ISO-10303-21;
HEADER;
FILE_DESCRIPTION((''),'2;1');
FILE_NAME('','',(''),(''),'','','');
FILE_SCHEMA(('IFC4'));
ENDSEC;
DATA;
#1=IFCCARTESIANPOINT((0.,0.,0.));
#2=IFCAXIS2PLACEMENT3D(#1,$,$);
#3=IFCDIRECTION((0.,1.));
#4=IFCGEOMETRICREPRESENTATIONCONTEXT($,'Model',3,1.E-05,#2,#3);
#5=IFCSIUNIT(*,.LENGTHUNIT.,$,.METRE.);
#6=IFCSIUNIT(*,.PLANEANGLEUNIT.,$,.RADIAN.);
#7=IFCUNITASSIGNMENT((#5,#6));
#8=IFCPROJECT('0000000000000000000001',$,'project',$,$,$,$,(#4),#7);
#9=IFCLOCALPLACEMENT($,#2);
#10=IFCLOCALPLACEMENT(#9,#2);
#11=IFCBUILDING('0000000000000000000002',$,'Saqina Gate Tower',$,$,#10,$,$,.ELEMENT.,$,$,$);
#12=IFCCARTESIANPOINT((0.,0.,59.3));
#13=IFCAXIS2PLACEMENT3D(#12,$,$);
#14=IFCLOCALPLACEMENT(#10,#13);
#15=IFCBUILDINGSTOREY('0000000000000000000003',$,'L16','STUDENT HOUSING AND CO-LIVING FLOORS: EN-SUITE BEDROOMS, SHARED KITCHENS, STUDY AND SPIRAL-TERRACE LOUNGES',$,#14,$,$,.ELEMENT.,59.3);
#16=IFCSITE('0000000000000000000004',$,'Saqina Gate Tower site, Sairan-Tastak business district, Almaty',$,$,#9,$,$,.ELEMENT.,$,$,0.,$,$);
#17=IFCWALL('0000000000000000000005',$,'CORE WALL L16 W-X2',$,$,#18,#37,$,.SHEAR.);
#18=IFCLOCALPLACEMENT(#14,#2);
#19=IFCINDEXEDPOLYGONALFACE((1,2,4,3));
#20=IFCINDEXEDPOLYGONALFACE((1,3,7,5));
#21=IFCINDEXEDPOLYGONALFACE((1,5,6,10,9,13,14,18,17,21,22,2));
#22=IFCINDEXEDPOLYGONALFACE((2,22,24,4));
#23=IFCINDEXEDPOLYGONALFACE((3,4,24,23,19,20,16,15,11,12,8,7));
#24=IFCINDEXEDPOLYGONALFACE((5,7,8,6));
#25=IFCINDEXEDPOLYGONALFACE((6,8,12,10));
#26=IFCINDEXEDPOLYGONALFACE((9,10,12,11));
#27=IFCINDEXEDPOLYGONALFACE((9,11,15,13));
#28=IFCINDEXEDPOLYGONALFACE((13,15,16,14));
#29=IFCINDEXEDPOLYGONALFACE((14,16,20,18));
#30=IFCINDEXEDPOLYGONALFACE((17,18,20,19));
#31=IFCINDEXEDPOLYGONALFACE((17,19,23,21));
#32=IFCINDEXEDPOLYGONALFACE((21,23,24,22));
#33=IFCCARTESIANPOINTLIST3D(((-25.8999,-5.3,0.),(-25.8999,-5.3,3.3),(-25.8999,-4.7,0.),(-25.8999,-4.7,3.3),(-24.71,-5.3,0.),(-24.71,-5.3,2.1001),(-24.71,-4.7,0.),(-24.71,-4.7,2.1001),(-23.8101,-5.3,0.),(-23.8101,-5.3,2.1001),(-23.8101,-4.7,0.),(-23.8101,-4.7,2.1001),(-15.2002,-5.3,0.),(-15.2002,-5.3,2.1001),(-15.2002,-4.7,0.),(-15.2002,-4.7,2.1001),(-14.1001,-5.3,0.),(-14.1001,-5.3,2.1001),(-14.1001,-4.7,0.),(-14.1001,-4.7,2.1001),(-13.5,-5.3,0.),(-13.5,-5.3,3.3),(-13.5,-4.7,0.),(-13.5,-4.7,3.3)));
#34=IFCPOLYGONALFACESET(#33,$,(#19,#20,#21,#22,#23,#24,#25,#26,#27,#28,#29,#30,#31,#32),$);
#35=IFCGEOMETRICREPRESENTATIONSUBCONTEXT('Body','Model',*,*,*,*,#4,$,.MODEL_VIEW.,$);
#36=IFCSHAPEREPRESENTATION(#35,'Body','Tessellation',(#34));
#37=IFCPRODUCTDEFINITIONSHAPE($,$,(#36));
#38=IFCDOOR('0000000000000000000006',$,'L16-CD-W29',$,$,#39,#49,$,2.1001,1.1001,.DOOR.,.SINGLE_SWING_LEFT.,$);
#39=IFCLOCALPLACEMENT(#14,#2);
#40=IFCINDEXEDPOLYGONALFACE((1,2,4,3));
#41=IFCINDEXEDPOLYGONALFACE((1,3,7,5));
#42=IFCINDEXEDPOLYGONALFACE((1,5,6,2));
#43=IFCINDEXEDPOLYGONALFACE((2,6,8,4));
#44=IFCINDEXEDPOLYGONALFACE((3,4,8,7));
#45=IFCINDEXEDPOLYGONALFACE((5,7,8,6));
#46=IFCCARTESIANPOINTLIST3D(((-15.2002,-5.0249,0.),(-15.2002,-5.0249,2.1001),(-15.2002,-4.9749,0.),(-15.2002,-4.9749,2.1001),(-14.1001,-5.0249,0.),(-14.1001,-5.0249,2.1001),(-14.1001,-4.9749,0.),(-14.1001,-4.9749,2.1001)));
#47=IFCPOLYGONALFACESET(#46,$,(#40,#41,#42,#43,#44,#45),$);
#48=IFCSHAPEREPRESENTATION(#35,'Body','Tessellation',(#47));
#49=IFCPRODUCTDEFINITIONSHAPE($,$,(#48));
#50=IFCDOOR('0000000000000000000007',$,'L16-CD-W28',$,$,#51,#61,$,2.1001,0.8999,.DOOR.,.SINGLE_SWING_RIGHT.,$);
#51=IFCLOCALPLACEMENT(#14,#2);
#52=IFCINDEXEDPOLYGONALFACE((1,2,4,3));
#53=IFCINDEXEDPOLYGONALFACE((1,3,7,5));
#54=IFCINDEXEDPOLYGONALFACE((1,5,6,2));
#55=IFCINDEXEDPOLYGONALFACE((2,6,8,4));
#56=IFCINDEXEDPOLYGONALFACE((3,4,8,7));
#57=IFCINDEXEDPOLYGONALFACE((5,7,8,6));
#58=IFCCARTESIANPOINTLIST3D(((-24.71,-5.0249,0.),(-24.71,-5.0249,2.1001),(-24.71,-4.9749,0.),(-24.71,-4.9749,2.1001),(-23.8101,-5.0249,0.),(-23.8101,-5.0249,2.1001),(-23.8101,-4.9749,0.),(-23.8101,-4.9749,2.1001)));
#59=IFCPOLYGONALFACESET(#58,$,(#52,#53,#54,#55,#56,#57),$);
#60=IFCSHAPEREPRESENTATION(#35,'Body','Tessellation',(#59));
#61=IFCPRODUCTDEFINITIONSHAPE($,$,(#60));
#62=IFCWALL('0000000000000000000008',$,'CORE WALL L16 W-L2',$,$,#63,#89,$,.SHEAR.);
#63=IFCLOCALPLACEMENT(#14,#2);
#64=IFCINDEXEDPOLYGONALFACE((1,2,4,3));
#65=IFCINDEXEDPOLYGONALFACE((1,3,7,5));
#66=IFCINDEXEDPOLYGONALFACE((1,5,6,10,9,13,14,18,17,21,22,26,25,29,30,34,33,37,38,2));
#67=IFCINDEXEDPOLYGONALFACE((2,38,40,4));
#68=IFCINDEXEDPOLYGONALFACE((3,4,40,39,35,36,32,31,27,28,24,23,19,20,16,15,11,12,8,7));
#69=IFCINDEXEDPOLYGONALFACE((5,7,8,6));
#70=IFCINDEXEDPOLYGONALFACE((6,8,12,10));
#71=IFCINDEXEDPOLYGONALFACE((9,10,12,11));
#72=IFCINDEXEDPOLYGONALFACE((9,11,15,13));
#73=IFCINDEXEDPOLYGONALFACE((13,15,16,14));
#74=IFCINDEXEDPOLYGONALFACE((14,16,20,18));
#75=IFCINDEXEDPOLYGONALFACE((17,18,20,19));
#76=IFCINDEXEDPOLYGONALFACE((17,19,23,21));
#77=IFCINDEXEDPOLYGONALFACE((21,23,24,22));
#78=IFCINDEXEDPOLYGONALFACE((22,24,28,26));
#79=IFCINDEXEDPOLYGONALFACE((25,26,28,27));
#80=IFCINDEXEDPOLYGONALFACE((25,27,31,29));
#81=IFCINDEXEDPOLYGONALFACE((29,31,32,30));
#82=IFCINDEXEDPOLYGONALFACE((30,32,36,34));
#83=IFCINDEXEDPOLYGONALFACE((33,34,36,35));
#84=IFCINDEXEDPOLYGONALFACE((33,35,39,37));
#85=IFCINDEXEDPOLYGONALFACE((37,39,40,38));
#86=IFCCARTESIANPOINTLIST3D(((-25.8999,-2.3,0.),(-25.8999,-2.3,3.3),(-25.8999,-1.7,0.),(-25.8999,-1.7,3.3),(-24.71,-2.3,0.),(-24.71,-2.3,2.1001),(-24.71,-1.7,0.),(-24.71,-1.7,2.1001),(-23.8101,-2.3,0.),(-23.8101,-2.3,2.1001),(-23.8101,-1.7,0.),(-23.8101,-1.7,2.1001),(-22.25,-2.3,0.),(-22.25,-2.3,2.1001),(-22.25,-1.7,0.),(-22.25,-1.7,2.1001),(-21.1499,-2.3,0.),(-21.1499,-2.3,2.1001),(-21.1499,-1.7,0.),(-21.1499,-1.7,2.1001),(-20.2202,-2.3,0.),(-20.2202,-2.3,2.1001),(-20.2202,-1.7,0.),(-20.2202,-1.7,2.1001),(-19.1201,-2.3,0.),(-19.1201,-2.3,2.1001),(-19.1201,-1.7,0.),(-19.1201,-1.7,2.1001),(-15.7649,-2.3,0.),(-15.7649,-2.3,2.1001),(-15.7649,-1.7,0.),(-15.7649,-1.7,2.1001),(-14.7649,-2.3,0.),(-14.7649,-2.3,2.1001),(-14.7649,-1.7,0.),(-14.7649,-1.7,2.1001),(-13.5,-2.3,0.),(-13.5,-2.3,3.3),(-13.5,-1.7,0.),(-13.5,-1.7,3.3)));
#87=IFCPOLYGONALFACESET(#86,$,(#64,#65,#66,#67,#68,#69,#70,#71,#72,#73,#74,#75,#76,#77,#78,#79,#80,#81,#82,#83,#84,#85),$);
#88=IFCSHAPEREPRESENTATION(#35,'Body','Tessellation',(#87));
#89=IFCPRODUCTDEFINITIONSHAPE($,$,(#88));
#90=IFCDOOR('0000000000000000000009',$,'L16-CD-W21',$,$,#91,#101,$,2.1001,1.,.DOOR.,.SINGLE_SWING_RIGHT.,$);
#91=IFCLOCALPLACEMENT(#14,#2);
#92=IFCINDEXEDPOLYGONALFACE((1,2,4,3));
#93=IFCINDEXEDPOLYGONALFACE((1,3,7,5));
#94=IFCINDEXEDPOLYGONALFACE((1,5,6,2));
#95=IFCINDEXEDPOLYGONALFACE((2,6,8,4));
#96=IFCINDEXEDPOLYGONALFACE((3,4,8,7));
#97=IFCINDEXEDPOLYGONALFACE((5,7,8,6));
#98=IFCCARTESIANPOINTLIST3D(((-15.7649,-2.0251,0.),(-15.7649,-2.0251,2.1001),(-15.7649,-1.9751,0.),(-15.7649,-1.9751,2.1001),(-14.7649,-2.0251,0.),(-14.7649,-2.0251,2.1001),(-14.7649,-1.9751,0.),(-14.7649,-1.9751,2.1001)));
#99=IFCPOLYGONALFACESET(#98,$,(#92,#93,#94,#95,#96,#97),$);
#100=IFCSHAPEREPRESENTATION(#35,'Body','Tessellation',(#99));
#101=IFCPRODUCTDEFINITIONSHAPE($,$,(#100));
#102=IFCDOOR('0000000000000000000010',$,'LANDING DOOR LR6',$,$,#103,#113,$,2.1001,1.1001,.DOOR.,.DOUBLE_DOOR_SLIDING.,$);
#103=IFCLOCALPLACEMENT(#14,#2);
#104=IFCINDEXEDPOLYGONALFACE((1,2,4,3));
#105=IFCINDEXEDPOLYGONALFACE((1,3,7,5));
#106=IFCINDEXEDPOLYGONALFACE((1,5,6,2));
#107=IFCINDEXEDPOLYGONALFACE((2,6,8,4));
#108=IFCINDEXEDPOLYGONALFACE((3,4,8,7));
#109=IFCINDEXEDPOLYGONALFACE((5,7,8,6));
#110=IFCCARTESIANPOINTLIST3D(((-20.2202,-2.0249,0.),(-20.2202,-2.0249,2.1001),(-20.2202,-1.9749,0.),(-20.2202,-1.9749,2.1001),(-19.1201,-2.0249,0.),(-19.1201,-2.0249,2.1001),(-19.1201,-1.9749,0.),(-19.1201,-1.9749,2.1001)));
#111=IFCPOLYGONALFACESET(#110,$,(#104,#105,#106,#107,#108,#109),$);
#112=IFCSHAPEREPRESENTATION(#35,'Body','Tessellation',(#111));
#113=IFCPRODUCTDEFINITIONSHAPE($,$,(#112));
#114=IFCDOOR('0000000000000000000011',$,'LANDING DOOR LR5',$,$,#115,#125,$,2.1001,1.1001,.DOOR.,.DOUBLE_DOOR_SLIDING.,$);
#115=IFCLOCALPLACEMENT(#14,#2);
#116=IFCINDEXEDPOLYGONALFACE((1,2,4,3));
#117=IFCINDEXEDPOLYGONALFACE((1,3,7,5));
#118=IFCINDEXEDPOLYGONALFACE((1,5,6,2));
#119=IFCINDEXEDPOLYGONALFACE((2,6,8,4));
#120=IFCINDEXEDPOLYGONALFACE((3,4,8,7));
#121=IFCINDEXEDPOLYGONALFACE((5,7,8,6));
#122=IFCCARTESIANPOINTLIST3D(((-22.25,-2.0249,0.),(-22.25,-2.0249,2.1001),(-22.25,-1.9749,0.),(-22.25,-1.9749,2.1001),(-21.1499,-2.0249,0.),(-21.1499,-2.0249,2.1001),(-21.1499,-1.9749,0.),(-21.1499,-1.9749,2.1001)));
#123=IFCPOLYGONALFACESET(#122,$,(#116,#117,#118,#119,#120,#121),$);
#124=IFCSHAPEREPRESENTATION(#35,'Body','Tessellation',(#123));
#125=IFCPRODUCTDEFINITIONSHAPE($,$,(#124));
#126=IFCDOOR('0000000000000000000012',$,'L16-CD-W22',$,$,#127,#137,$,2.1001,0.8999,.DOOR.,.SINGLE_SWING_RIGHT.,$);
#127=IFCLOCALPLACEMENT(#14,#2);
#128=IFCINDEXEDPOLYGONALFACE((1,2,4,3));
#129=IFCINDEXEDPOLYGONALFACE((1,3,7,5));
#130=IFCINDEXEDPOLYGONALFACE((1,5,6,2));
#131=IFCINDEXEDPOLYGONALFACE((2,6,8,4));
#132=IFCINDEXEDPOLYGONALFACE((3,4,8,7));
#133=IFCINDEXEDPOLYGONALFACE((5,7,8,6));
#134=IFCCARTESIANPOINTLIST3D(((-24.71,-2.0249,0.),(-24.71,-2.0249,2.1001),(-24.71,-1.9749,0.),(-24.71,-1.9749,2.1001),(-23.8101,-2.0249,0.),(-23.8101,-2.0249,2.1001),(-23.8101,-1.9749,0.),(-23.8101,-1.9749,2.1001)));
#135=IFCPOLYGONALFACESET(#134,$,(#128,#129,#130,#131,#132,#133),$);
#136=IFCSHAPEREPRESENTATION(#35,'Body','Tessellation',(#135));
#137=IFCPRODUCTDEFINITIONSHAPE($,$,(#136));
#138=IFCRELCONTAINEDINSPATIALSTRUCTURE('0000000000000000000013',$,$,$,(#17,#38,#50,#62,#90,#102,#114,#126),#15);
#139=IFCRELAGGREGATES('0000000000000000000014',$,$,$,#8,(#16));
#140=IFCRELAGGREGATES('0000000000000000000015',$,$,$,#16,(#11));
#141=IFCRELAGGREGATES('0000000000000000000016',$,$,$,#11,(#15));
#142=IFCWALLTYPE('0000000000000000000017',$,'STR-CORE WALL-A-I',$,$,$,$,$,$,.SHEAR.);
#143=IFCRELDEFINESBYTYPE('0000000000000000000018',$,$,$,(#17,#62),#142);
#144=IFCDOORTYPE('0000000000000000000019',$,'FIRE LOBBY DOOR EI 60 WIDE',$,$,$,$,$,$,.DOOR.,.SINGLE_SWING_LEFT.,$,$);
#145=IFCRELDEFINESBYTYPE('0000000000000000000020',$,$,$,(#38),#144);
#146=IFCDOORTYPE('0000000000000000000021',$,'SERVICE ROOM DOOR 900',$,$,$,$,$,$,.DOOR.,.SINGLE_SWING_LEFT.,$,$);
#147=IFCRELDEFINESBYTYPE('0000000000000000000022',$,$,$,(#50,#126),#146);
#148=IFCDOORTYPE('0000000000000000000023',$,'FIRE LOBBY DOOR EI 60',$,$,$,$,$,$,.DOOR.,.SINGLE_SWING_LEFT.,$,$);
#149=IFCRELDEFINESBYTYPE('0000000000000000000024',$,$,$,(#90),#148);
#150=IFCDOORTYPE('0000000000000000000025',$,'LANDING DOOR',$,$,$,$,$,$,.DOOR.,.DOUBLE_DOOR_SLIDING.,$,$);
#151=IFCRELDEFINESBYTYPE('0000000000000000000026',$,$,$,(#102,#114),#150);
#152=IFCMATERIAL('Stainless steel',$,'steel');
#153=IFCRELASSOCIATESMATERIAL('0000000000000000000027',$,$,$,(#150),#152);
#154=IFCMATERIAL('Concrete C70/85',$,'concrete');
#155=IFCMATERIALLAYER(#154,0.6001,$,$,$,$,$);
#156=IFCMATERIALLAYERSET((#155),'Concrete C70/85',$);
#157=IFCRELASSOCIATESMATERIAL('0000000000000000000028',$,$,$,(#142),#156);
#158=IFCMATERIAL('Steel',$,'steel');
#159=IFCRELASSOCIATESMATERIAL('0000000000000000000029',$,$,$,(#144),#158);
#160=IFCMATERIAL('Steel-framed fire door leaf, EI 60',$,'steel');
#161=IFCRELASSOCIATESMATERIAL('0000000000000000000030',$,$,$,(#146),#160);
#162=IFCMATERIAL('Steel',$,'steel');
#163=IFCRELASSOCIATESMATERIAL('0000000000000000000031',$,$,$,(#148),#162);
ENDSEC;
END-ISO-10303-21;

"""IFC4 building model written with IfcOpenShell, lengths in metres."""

from ifc_helpers import new_model, si_unit, direction, frame, frame_2d, origin, place, context, subcontext, project, spatial, rectangle, extrude, material, layer, layer_set, type_object, element, fill, save


model = new_model("IFC4")

# Units and contexts
model_context = context("Model", 3, precision=1e-05, world=origin(), true_north=direction((0.0, 1.0)))
body_context = subcontext(model_context, "Body", "Model", "MODEL_VIEW")
ifc_project = project(units=[si_unit("LENGTHUNIT", "METRE"), si_unit("PLANEANGLEUNIT", "RADIAN")], contexts=[model_context])

# Site, building, storey
site_placement = place(None, origin())
site = spatial("IfcSite", under=ifc_project, at=site_placement, Name="Saqina Gate Tower site, Sairan-Tastak business district, Almaty", CompositionType="ELEMENT", RefElevation=0.0)
building_placement = place(site_placement, origin())
building = spatial("IfcBuilding", under=site, at=building_placement, Name="Saqina Gate Tower", CompositionType="ELEMENT")
storey_placement = place(building_placement, frame((0.0, 0.0, 59.3)))
storey = spatial("IfcBuildingStorey", under=building, at=storey_placement, Name="L16", Description="STUDENT HOUSING AND CO-LIVING FLOORS: EN-SUITE BEDROOMS, SHARED KITCHENS, STUDY AND SPIRAL-TERRACE LOUNGES", CompositionType="ELEMENT", Elevation=59.3)

# Shared definitions
ifc_material_1 = material(Name="Stainless steel", Category="steel")
door_type_1 = type_object("IfcDoorType", Name="LANDING DOOR", OperationType="DOUBLE_DOOR_SLIDING", PredefinedType="DOOR", material=ifc_material_1)

# Walls, openings, doors
ifc_material_2 = material(Name="Concrete C70/85", Category="concrete")
ifc_layer_1 = layer(ifc_material_2, 0.6001)
ifc_layer_set_1 = layer_set([ifc_layer_1], Name="Concrete C70/85")
wall_type_1 = type_object("IfcWallType", Name="STR-CORE WALL-A-I", PredefinedType="SHEAR", material=ifc_layer_set_1)
wall_1_placement = place(storey_placement, frame((-13.5, -5.0, 0.0), z_axis=(0.0, 0.0, 1.0), x_axis=(-1.0, 0.0, 0.0)))
wall_1 = element("IfcWall", 1, at=wall_1_placement, inside=storey, type_object=wall_type_1, Name="CORE WALL L16 W-X2", PredefinedType="SHEAR", context=body_context, shape_type="SweptSolid", body=[
    extrude(rectangle(XDim=12.3999, YDim=0.6001, at=frame_2d((6.2, 0.0))), origin(), (0.0, 0.0, 1.0), 3.3),
])
opening_1_placement = place(wall_1_placement, frame((10.3101, 0.0, 0.0)))
opening_1 = element("IfcOpeningElement", 2, at=opening_1_placement, cuts=wall_1, PredefinedType="OPENING", context=body_context, shape_type="SweptSolid", body=[
    extrude(rectangle(XDim=0.8999, YDim=2.1001, at=frame_2d((0.45, 1.05))), frame((0.0, 0.312, 0.0), z_axis=(0.0, -1.0, 0.0), x_axis=(1.0, 0.0, 0.0)), (0.0, 0.0, 1.0), 0.624),
])
opening_2_placement = place(wall_1_placement, frame((0.6001, 0.0, 0.0)))
opening_2 = element("IfcOpeningElement", 3, at=opening_2_placement, cuts=wall_1, PredefinedType="OPENING", context=body_context, shape_type="SweptSolid", body=[
    extrude(rectangle(XDim=1.1001, YDim=2.1001, at=frame_2d((0.55, 1.05))), frame((0.0, 0.312, 0.0), z_axis=(0.0, -1.0, 0.0), x_axis=(1.0, 0.0, 0.0)), (0.0, 0.0, 1.0), 0.624),
])
ifc_material_3 = material(Name="Steel", Category="steel")
door_type_2 = type_object("IfcDoorType", Name="FIRE LOBBY DOOR EI 60 WIDE", OperationType="SINGLE_SWING_LEFT", PredefinedType="DOOR", material=ifc_material_3)
door_1_placement = place(opening_2_placement, origin())
door_1 = element("IfcDoor", 4, at=door_1_placement, inside=storey, type_object=door_type_2, Name="L16-CD-W29", OperationType="SINGLE_SWING_LEFT", OverallHeight=2.1001, OverallWidth=1.1001, PredefinedType="DOOR", context=body_context, shape_type="SweptSolid", body=[
    extrude(rectangle(XDim=1.1001, YDim=2.1001, at=frame_2d((0.55, 1.05))), frame((0.0, 0.0249, 0.0), z_axis=(0.0, -1.0, 0.0), x_axis=(1.0, 0.0, 0.0)), (0.0, 0.0, 1.0), 0.05),
])
fill(opening_2, door_1)
ifc_material_4 = material(Name="Steel-framed fire door leaf, EI 60", Category="steel")
door_type_3 = type_object("IfcDoorType", Name="SERVICE ROOM DOOR 900", OperationType="SINGLE_SWING_LEFT", PredefinedType="DOOR", material=ifc_material_4)
door_2_placement = place(opening_1_placement, origin())
door_2 = element("IfcDoor", 5, at=door_2_placement, inside=storey, type_object=door_type_3, Name="L16-CD-W28", OperationType="SINGLE_SWING_RIGHT", OverallHeight=2.1001, OverallWidth=0.8999, PredefinedType="DOOR", context=body_context, shape_type="SweptSolid", body=[
    extrude(rectangle(XDim=0.8999, YDim=2.1001, at=frame_2d((0.45, 1.05))), frame((0.0, 0.0249, 0.0), z_axis=(0.0, -1.0, 0.0), x_axis=(1.0, 0.0, 0.0)), (0.0, 0.0, 1.0), 0.05),
])
fill(opening_1, door_2)
wall_2_placement = place(storey_placement, frame((-13.5, -2.0, 0.0), z_axis=(0.0, 0.0, 1.0), x_axis=(-1.0, 0.0, 0.0)))
wall_2 = element("IfcWall", 6, at=wall_2_placement, inside=storey, type_object=wall_type_1, Name="CORE WALL L16 W-L2", PredefinedType="SHEAR", context=body_context, shape_type="SweptSolid", body=[
    extrude(rectangle(XDim=12.3999, YDim=0.6001, at=frame_2d((6.2, 0.0))), origin(), (0.0, 0.0, 1.0), 3.3),
])
opening_3_placement = place(wall_2_placement, frame((5.6201, 0.0, 0.0)))
opening_3 = element("IfcOpeningElement", 7, at=opening_3_placement, cuts=wall_2, PredefinedType="OPENING", context=body_context, shape_type="SweptSolid", body=[
    extrude(rectangle(XDim=1.1001, YDim=2.1001, at=frame_2d((0.55, 1.05))), frame((0.0, 0.312, 0.0), z_axis=(0.0, -1.0, 0.0), x_axis=(1.0, 0.0, 0.0)), (0.0, 0.0, 1.0), 0.624),
])
opening_4_placement = place(wall_2_placement, frame((7.6499, 0.0, 0.0)))
opening_4 = element("IfcOpeningElement", 8, at=opening_4_placement, cuts=wall_2, PredefinedType="OPENING", context=body_context, shape_type="SweptSolid", body=[
    extrude(rectangle(XDim=1.1001, YDim=2.1001, at=frame_2d((0.55, 1.05))), frame((0.0, 0.312, 0.0), z_axis=(0.0, -1.0, 0.0), x_axis=(1.0, 0.0, 0.0)), (0.0, 0.0, 1.0), 0.624),
])
opening_5_placement = place(wall_2_placement, frame((1.2649, 0.0, 0.0)))
opening_5 = element("IfcOpeningElement", 9, at=opening_5_placement, cuts=wall_2, PredefinedType="OPENING", context=body_context, shape_type="SweptSolid", body=[
    extrude(rectangle(XDim=1.0, YDim=2.1001, at=frame_2d((0.5, 1.05))), frame((0.0, 0.312, 0.0), z_axis=(0.0, -1.0, 0.0), x_axis=(1.0, 0.0, 0.0)), (0.0, 0.0, 1.0), 0.624),
])
opening_6_placement = place(wall_2_placement, frame((10.3101, 0.0, 0.0)))
opening_6 = element("IfcOpeningElement", 10, at=opening_6_placement, cuts=wall_2, PredefinedType="OPENING", context=body_context, shape_type="SweptSolid", body=[
    extrude(rectangle(XDim=0.8999, YDim=2.1001, at=frame_2d((0.45, 1.05))), frame((0.0, 0.312, 0.0), z_axis=(0.0, -1.0, 0.0), x_axis=(1.0, 0.0, 0.0)), (0.0, 0.0, 1.0), 0.624),
])
ifc_material_5 = material(Name="Steel", Category="steel")
door_type_4 = type_object("IfcDoorType", Name="FIRE LOBBY DOOR EI 60", OperationType="SINGLE_SWING_LEFT", PredefinedType="DOOR", material=ifc_material_5)
door_3_placement = place(opening_5_placement, frame((1.0, 0.0, 0.0), z_axis=(0.0, 0.0, 1.0), x_axis=(-1.0, 0.0, 0.0)))
door_3 = element("IfcDoor", 11, at=door_3_placement, inside=storey, type_object=door_type_4, Name="L16-CD-W21", OperationType="SINGLE_SWING_RIGHT", OverallHeight=2.1001, OverallWidth=1.0, PredefinedType="DOOR", context=body_context, shape_type="SweptSolid", body=[
    extrude(rectangle(XDim=1.0, YDim=2.1001, at=frame_2d((0.5, 1.05))), frame((0.0, 0.0249, 0.0), z_axis=(0.0, -1.0, 0.0), x_axis=(1.0, 0.0, 0.0)), (0.0, 0.0, 1.0), 0.05),
])
fill(opening_5, door_3)
door_4_placement = place(opening_3_placement, origin())
door_4 = element("IfcDoor", 12, at=door_4_placement, inside=storey, type_object=door_type_1, Name="LANDING DOOR LR6", OperationType="DOUBLE_DOOR_SLIDING", OverallHeight=2.1001, OverallWidth=1.1001, PredefinedType="DOOR", context=body_context, shape_type="SweptSolid", body=[
    extrude(rectangle(XDim=1.1001, YDim=2.1001, at=frame_2d((0.55, 1.05))), frame((0.0, 0.0249, 0.0), z_axis=(0.0, -1.0, 0.0), x_axis=(1.0, 0.0, 0.0)), (0.0, 0.0, 1.0), 0.05),
])
fill(opening_3, door_4)
door_5_placement = place(opening_4_placement, origin())
door_5 = element("IfcDoor", 13, at=door_5_placement, inside=storey, type_object=door_type_1, Name="LANDING DOOR LR5", OperationType="DOUBLE_DOOR_SLIDING", OverallHeight=2.1001, OverallWidth=1.1001, PredefinedType="DOOR", context=body_context, shape_type="SweptSolid", body=[
    extrude(rectangle(XDim=1.1001, YDim=2.1001, at=frame_2d((0.55, 1.05))), frame((0.0, 0.0249, 0.0), z_axis=(0.0, -1.0, 0.0), x_axis=(1.0, 0.0, 0.0)), (0.0, 0.0, 1.0), 0.05),
])
fill(opening_4, door_5)
door_6_placement = place(opening_6_placement, origin())
door_6 = element("IfcDoor", 14, at=door_6_placement, inside=storey, type_object=door_type_3, Name="L16-CD-W22", OperationType="SINGLE_SWING_RIGHT", OverallHeight=2.1001, OverallWidth=0.8999, PredefinedType="DOOR", context=body_context, shape_type="SweptSolid", body=[
    extrude(rectangle(XDim=0.8999, YDim=2.1001, at=frame_2d((0.45, 1.05))), frame((0.0, 0.0249, 0.0), z_axis=(0.0, -1.0, 0.0), x_axis=(1.0, 0.0, 0.0)), (0.0, 0.0, 1.0), 0.05),
])
fill(opening_6, door_6)

save(model, "model.ifc")
